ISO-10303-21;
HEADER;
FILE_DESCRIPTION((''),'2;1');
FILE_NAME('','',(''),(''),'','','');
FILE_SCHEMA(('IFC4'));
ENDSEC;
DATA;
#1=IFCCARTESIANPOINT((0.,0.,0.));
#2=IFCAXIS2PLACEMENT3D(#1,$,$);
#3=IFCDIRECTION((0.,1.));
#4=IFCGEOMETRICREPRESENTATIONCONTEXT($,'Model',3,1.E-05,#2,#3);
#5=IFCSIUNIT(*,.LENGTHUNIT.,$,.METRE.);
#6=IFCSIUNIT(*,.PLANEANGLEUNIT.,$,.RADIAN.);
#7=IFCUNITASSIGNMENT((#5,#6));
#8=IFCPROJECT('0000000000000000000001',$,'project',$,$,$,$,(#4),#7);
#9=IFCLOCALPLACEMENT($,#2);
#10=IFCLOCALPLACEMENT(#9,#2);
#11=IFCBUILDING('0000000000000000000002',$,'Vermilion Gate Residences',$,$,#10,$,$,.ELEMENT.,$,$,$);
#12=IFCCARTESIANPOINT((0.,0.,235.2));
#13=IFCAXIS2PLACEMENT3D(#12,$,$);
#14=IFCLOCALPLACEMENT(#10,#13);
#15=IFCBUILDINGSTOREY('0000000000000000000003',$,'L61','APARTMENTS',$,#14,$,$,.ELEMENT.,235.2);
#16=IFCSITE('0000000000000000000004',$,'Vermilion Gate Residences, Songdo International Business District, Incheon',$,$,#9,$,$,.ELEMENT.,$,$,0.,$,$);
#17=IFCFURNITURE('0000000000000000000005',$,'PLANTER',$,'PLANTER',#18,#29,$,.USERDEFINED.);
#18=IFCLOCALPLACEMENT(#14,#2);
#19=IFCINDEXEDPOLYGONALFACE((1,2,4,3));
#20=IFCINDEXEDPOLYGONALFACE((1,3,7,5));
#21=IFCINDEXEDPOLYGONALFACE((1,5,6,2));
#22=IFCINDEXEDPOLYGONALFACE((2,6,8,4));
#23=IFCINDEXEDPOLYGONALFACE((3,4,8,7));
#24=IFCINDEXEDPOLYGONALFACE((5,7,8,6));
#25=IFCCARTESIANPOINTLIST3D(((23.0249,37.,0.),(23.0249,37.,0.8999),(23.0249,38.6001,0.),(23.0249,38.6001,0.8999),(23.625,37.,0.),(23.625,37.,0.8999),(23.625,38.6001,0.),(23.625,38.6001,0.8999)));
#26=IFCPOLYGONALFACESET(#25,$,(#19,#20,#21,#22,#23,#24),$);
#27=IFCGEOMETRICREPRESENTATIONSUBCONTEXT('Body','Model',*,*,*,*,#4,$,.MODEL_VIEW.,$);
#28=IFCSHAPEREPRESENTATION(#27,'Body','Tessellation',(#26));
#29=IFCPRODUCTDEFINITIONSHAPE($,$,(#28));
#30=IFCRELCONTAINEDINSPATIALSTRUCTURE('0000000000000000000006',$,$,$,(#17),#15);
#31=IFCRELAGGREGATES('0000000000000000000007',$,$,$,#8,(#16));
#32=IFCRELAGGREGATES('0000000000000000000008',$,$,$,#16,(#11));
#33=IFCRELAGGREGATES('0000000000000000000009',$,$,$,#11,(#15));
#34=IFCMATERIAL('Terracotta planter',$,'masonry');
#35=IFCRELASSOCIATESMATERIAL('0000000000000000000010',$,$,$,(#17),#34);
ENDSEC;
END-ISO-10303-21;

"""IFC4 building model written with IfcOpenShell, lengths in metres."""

from ifc_helpers import new_model, si_unit, direction, frame, origin, origin_2d, place, context, subcontext, project, spatial, rectangle, extrude, material, element, save


model = new_model("IFC4")

# Units and contexts
model_context = context("Model", 3, precision=1e-05, world=origin(), true_north=direction((0.0, 1.0)))
body_context = subcontext(model_context, "Body", "Model", "MODEL_VIEW")
ifc_project = project(units=[si_unit("LENGTHUNIT", "METRE"), si_unit("PLANEANGLEUNIT", "RADIAN")], contexts=[model_context])

# Site, building, storey
site_placement = place(None, origin())
site = spatial("IfcSite", under=ifc_project, at=site_placement, Name="Vermilion Gate Residences, Songdo International Business District, Incheon", CompositionType="ELEMENT", RefElevation=0.0)
building_placement = place(site_placement, origin())
building = spatial("IfcBuilding", under=site, at=building_placement, Name="Vermilion Gate Residences", CompositionType="ELEMENT")
storey_placement = place(building_placement, frame((0.0, 0.0, 235.2)))
storey = spatial("IfcBuildingStorey", under=building, at=storey_placement, Name="L61", Description="APARTMENTS", CompositionType="ELEMENT", Elevation=235.2)

# Furniture
ifc_material_1 = material(Name="Terracotta planter", Category="masonry")
furniture_placement = place(storey_placement, frame((23.325, 37.8, 0.0), z_axis=(0.0, 0.0, 1.0), x_axis=(0.0, 1.0, 0.0)))
element("IfcFurniture", 1, at=furniture_placement, inside=storey, material=ifc_material_1, Name="PLANTER", ObjectType="PLANTER", PredefinedType="USERDEFINED", context=body_context, shape_type="SweptSolid", body=[
    extrude(rectangle(XDim=1.6001, YDim=0.6001, at=origin_2d()), origin(), (0.0, 0.0, 1.0), 0.8999),
])

save(model, "model.ifc")
